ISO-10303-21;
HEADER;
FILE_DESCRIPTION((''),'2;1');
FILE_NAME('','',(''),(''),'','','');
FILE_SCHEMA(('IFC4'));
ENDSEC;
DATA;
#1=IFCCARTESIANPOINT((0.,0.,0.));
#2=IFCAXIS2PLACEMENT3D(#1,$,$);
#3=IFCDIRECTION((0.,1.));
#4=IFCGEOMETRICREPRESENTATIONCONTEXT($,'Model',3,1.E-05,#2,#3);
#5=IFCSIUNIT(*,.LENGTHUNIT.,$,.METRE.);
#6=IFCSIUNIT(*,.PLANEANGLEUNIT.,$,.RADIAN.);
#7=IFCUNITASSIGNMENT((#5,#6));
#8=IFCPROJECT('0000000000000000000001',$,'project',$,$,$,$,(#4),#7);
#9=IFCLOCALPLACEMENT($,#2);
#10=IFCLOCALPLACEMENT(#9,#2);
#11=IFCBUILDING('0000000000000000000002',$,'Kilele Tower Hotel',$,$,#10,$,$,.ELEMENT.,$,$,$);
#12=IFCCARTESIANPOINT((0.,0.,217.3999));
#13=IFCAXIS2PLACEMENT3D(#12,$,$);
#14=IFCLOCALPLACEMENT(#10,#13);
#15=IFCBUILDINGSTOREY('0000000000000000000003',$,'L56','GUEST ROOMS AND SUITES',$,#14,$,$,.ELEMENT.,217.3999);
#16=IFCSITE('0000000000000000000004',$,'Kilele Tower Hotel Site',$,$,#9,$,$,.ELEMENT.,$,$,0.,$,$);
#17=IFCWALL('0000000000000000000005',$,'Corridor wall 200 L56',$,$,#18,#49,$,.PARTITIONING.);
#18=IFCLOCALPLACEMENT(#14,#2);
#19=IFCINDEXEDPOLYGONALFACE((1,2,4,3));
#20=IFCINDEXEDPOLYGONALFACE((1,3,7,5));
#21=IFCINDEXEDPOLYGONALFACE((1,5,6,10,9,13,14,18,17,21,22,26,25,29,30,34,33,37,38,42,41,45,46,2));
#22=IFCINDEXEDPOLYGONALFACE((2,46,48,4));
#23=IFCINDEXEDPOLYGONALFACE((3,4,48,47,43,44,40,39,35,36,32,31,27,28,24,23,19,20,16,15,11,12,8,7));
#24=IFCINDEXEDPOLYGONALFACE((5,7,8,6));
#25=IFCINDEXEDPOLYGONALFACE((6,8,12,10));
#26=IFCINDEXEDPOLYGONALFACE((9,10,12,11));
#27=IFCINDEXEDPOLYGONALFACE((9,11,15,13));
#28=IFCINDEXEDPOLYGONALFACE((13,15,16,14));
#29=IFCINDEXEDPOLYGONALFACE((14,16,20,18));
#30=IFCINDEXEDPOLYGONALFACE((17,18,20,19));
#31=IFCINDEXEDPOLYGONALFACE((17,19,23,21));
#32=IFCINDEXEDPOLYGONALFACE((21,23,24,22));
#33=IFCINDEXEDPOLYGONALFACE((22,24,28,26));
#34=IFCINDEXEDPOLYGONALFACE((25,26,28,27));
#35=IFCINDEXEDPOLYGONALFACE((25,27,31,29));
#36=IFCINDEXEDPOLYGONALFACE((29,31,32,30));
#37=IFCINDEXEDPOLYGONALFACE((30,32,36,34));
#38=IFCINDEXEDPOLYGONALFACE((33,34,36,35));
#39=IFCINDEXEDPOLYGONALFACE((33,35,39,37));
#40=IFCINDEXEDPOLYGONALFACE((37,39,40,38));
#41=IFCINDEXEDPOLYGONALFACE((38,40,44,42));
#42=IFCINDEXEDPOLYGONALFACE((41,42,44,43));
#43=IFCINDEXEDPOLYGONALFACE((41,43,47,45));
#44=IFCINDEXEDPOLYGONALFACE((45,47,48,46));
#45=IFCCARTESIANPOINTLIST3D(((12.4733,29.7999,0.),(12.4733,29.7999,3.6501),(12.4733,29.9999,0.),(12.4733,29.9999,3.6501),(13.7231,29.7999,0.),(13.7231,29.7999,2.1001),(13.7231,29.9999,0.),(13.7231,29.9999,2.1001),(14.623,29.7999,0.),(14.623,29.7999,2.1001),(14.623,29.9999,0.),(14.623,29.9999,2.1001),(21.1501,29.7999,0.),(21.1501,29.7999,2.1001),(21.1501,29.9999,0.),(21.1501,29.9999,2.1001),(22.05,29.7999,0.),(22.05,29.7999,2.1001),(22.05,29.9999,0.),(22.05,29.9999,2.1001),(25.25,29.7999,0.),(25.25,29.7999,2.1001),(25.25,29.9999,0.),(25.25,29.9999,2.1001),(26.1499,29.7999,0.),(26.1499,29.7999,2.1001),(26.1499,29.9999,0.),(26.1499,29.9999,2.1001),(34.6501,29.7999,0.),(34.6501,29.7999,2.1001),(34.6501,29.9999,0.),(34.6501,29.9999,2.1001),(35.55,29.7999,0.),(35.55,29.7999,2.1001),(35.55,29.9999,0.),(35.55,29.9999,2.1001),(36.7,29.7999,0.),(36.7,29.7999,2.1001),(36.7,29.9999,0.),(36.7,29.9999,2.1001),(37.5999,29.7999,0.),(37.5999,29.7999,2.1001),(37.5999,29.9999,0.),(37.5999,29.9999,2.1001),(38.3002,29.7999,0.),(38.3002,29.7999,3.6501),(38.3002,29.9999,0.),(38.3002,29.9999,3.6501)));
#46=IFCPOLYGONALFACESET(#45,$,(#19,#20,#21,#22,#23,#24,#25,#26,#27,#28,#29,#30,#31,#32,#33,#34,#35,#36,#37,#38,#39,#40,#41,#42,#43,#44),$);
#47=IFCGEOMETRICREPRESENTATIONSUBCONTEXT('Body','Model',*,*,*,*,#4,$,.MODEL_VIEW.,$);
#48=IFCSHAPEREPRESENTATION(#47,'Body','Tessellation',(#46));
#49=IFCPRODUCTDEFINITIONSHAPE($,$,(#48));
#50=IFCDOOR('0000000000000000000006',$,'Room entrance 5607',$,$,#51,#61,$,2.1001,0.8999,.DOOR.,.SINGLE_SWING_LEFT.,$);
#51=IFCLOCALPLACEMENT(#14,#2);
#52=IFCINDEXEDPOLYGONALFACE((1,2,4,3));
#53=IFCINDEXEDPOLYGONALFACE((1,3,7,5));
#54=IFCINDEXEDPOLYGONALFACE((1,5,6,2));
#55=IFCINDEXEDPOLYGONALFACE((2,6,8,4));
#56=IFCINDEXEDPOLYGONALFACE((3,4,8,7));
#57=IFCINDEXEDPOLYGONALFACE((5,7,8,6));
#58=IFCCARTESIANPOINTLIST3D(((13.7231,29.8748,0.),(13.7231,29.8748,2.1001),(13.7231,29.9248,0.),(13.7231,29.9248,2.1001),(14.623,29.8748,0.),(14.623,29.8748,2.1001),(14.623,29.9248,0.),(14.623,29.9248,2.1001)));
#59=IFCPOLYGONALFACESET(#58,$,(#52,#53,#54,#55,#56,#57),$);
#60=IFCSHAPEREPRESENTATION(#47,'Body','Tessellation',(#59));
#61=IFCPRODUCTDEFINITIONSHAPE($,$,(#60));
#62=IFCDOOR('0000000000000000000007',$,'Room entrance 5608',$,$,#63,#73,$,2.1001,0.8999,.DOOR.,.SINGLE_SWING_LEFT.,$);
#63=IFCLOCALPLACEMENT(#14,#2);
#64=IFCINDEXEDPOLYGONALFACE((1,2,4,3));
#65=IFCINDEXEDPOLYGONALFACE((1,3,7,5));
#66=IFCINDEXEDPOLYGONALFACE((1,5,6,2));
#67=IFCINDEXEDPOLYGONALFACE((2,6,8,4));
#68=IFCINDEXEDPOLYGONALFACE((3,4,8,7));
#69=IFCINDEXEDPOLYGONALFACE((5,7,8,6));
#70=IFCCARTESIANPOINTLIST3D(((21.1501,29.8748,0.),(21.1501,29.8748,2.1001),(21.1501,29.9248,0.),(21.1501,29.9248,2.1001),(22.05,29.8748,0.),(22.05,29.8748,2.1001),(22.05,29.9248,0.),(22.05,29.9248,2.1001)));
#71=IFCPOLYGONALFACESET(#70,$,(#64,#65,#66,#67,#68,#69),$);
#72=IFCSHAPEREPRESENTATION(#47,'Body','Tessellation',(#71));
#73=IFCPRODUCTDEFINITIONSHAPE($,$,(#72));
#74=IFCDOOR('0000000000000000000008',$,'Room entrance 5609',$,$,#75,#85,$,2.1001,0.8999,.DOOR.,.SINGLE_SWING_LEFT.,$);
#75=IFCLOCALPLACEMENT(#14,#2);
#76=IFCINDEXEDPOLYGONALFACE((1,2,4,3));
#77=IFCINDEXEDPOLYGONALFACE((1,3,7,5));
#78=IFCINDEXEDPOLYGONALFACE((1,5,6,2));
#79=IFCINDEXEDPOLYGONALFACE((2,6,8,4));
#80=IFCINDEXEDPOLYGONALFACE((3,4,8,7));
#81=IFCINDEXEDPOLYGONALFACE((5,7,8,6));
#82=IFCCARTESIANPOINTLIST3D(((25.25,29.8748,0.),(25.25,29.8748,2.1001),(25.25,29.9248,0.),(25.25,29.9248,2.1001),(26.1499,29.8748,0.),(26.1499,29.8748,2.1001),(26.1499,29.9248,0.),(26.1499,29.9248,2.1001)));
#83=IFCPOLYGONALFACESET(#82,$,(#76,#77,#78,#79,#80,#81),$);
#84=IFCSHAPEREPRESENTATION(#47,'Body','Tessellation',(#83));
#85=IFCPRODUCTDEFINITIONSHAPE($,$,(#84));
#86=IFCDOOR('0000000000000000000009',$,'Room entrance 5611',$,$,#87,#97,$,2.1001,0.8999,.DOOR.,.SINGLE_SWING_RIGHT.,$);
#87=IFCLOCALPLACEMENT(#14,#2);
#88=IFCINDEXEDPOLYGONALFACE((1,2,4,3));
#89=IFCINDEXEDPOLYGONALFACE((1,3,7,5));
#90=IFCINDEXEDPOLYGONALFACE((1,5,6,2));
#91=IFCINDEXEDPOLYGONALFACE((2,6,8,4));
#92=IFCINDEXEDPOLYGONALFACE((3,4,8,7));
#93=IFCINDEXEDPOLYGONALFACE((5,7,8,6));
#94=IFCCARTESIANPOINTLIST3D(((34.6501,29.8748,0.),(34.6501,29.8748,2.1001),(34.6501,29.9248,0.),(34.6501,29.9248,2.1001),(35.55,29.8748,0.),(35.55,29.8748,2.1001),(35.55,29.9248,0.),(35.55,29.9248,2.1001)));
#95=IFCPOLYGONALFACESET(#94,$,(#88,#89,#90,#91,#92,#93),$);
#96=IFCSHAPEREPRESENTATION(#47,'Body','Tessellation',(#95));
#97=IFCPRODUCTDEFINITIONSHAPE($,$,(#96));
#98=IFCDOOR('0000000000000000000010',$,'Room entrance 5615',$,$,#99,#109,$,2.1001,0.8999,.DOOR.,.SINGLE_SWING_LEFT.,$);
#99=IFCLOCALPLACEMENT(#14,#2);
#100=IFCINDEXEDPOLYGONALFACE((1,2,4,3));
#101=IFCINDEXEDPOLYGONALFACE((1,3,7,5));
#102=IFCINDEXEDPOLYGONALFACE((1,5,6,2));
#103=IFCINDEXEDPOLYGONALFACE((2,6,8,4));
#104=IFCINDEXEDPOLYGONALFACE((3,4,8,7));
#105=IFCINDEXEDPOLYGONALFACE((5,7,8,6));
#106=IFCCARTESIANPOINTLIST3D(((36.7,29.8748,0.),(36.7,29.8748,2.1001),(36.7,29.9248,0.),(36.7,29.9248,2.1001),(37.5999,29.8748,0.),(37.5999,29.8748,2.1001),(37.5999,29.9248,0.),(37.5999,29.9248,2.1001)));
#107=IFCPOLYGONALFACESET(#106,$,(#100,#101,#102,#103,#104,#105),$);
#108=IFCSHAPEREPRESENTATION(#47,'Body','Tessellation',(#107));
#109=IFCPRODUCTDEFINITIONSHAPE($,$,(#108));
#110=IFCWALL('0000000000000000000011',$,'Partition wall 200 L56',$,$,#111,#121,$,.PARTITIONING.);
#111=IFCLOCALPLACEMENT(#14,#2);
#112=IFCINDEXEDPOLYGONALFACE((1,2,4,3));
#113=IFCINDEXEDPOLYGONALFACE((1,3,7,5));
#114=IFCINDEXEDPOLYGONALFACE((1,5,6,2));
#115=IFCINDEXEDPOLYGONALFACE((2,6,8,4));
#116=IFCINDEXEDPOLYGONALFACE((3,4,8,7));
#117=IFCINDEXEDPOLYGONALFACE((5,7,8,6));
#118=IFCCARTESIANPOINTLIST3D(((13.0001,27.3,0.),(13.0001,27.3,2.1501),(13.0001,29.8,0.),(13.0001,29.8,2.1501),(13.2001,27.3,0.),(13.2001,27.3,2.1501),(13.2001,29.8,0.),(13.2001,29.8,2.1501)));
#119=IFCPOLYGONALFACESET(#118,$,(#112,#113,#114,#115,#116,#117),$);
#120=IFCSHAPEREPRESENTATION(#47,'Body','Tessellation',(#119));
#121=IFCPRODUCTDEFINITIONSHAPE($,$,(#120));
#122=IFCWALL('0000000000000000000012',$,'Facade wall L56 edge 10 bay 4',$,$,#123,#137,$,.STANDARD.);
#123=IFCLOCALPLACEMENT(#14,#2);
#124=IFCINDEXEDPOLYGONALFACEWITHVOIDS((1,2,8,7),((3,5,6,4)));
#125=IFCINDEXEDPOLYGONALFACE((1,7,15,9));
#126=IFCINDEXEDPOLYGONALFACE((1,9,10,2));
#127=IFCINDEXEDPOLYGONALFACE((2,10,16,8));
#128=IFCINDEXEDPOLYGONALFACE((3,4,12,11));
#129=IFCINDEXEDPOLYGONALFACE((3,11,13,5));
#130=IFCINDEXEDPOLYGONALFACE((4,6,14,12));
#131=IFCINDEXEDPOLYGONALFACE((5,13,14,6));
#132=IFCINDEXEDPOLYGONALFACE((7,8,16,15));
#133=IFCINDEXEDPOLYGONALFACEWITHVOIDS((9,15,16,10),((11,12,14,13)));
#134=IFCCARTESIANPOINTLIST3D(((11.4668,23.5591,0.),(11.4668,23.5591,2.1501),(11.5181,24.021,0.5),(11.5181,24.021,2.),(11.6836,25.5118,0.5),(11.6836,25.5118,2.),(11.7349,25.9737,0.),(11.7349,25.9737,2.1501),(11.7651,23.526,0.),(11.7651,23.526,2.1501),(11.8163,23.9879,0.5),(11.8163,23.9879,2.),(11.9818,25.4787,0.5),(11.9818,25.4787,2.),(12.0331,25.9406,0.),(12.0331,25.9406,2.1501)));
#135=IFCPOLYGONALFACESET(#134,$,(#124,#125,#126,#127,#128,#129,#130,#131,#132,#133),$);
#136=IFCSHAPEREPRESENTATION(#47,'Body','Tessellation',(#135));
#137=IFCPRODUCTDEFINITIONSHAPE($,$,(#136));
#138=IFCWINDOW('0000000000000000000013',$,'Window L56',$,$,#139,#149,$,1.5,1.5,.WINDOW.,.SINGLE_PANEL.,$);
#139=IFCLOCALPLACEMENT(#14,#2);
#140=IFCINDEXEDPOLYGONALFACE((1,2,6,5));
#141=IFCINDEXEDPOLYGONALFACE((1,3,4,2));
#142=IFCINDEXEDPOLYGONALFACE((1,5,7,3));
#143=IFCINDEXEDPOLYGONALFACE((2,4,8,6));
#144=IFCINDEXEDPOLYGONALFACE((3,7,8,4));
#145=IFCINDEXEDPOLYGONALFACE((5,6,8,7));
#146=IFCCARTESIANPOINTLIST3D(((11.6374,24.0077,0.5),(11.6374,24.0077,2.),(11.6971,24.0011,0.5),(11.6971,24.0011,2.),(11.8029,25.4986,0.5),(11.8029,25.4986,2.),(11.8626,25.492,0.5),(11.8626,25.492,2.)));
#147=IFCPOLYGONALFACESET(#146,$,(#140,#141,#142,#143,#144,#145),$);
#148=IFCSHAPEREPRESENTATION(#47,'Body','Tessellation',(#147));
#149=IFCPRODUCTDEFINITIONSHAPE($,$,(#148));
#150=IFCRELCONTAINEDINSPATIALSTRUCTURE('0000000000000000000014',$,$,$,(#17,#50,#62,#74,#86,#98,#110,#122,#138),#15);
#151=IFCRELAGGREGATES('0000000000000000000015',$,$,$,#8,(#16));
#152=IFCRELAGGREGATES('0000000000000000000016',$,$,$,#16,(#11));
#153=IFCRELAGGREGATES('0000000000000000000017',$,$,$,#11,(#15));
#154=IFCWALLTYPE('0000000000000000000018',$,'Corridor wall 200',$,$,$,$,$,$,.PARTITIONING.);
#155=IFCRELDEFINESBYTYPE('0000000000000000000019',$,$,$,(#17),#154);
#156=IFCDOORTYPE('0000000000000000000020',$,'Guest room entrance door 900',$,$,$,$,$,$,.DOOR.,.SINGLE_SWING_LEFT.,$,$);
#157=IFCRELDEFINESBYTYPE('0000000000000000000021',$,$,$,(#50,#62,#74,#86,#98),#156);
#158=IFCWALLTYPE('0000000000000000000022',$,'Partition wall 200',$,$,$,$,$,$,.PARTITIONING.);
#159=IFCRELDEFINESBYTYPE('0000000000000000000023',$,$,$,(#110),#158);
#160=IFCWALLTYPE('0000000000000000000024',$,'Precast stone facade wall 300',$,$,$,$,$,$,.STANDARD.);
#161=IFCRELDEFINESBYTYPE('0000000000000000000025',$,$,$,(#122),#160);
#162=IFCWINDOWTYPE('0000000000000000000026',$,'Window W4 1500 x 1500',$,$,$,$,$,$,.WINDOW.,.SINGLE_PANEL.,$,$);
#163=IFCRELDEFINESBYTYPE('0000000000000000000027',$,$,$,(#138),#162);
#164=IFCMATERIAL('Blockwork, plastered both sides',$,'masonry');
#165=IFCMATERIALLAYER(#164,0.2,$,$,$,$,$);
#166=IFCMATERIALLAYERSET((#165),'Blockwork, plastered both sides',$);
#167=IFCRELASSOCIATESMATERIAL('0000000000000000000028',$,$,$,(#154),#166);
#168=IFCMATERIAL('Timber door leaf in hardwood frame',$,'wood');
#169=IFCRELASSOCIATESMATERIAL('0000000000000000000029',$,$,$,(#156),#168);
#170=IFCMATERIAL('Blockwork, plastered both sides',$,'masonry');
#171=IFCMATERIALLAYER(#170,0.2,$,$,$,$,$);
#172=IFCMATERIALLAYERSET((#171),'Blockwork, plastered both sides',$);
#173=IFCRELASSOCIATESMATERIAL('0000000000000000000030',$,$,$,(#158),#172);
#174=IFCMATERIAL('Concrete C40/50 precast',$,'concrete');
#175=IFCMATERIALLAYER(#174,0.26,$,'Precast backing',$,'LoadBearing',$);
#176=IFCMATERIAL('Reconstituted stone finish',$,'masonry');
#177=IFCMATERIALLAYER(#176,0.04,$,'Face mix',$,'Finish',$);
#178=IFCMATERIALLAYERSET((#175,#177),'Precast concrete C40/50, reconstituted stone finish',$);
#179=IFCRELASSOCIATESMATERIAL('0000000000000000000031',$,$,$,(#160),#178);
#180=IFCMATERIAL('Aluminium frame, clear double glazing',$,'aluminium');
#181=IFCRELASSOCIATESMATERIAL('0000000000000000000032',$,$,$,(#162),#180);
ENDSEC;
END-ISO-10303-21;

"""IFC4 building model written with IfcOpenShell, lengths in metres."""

from ifc_helpers import new_model, si_unit, direction, frame, frame_2d, origin, place, context, subcontext, project, spatial, rectangle, extrude, material, layer, layer_set, type_object, element, fill, save


model = new_model("IFC4")

# Units and contexts
model_context = context("Model", 3, precision=1e-05, world=origin(), true_north=direction((0.0, 1.0)))
body_context = subcontext(model_context, "Body", "Model", "MODEL_VIEW")
ifc_project = project(units=[si_unit("LENGTHUNIT", "METRE"), si_unit("PLANEANGLEUNIT", "RADIAN")], contexts=[model_context])

# Site, building, storey
site_placement = place(None, origin())
site = spatial("IfcSite", under=ifc_project, at=site_placement, Name="Kilele Tower Hotel Site", CompositionType="ELEMENT", RefElevation=0.0)
building_placement = place(site_placement, origin())
building = spatial("IfcBuilding", under=site, at=building_placement, Name="Kilele Tower Hotel", CompositionType="ELEMENT")
storey_placement = place(building_placement, frame((0.0, 0.0, 217.3999)))
storey = spatial("IfcBuildingStorey", under=building, at=storey_placement, Name="L56", Description="GUEST ROOMS AND SUITES", CompositionType="ELEMENT", Elevation=217.3999)

# Wall, openings, doors
ifc_material_1 = material(Name="Blockwork, plastered both sides", Category="masonry")
ifc_layer_1 = layer(ifc_material_1, 0.2)
ifc_layer_set_1 = layer_set([ifc_layer_1], Name="Blockwork, plastered both sides")
wall_type_1 = type_object("IfcWallType", Name="Corridor wall 200", PredefinedType="PARTITIONING", material=ifc_layer_set_1)
wall_1_placement = place(storey_placement, frame((12.4731, 29.8999, 0.0), z_axis=(0.0, 0.0, 1.0), x_axis=(1.0, 0.0, 0.0)))
wall_1 = element("IfcWall", 1, at=wall_1_placement, inside=storey, type_object=wall_type_1, Name="Corridor wall 200 L56", PredefinedType="PARTITIONING", context=body_context, shape_type="SweptSolid", body=[
    extrude(rectangle(XDim=25.8269, YDim=0.2, at=frame_2d((12.9136, 0.0))), origin(), (0.0, 0.0, 1.0), 3.6501),
])
opening_1_placement = place(wall_1_placement, frame((1.25, 0.0, 0.0)))
opening_1 = element("IfcOpeningElement", 2, at=opening_1_placement, cuts=wall_1, PredefinedType="OPENING", context=body_context, shape_type="SweptSolid", body=[
    extrude(rectangle(XDim=0.8999, YDim=2.1001, at=frame_2d((0.45, 1.05))), frame((0.0, 0.1099, 0.0), z_axis=(0.0, -1.0, 0.0), x_axis=(1.0, 0.0, 0.0)), (0.0, 0.0, 1.0), 0.22),
])
opening_2_placement = place(wall_1_placement, frame((8.677, 0.0, 0.0)))
opening_2 = element("IfcOpeningElement", 3, at=opening_2_placement, cuts=wall_1, PredefinedType="OPENING", context=body_context, shape_type="SweptSolid", body=[
    extrude(rectangle(XDim=0.8999, YDim=2.1001, at=frame_2d((0.45, 1.05))), frame((0.0, 0.1099, 0.0), z_axis=(0.0, -1.0, 0.0), x_axis=(1.0, 0.0, 0.0)), (0.0, 0.0, 1.0), 0.22),
])
opening_3_placement = place(wall_1_placement, frame((12.7769, 0.0, 0.0)))
opening_3 = element("IfcOpeningElement", 4, at=opening_3_placement, cuts=wall_1, PredefinedType="OPENING", context=body_context, shape_type="SweptSolid", body=[
    extrude(rectangle(XDim=0.8999, YDim=2.1001, at=frame_2d((0.45, 1.05))), frame((0.0, 0.1099, 0.0), z_axis=(0.0, -1.0, 0.0), x_axis=(1.0, 0.0, 0.0)), (0.0, 0.0, 1.0), 0.22),
])
opening_4_placement = place(wall_1_placement, frame((22.177, 0.0, 0.0)))
opening_4 = element("IfcOpeningElement", 5, at=opening_4_placement, cuts=wall_1, PredefinedType="OPENING", context=body_context, shape_type="SweptSolid", body=[
    extrude(rectangle(XDim=0.8999, YDim=2.1001, at=frame_2d((0.45, 1.05))), frame((0.0, 0.1099, 0.0), z_axis=(0.0, -1.0, 0.0), x_axis=(1.0, 0.0, 0.0)), (0.0, 0.0, 1.0), 0.22),
])
opening_5_placement = place(wall_1_placement, frame((24.2268, 0.0, 0.0)))
opening_5 = element("IfcOpeningElement", 6, at=opening_5_placement, cuts=wall_1, PredefinedType="OPENING", context=body_context, shape_type="SweptSolid", body=[
    extrude(rectangle(XDim=0.8999, YDim=2.1001, at=frame_2d((0.45, 1.05))), frame((0.0, 0.1099, 0.0), z_axis=(0.0, -1.0, 0.0), x_axis=(1.0, 0.0, 0.0)), (0.0, 0.0, 1.0), 0.22),
])
ifc_material_2 = material(Name="Timber door leaf in hardwood frame", Category="wood")
door_type = type_object("IfcDoorType", Name="Guest room entrance door 900", OperationType="SINGLE_SWING_LEFT", PredefinedType="DOOR", material=ifc_material_2)
door_1_placement = place(opening_1_placement, origin())
door_1 = element("IfcDoor", 7, at=door_1_placement, inside=storey, type_object=door_type, Name="Room entrance 5607", OperationType="SINGLE_SWING_LEFT", OverallHeight=2.1001, OverallWidth=0.8999, PredefinedType="DOOR", context=body_context, shape_type="SweptSolid", body=[
    extrude(rectangle(XDim=0.8999, YDim=2.1001, at=frame_2d((0.45, 1.05))), frame((0.0, 0.0249, 0.0), z_axis=(0.0, -1.0, 0.0), x_axis=(1.0, 0.0, 0.0)), (0.0, 0.0, 1.0), 0.05),
])
fill(opening_1, door_1)
door_2_placement = place(opening_2_placement, origin())
door_2 = element("IfcDoor", 8, at=door_2_placement, inside=storey, type_object=door_type, Name="Room entrance 5608", OperationType="SINGLE_SWING_LEFT", OverallHeight=2.1001, OverallWidth=0.8999, PredefinedType="DOOR", context=body_context, shape_type="SweptSolid", body=[
    extrude(rectangle(XDim=0.8999, YDim=2.1001, at=frame_2d((0.45, 1.05))), frame((0.0, 0.0249, 0.0), z_axis=(0.0, -1.0, 0.0), x_axis=(1.0, 0.0, 0.0)), (0.0, 0.0, 1.0), 0.05),
])
fill(opening_2, door_2)
door_3_placement = place(opening_3_placement, origin())
door_3 = element("IfcDoor", 9, at=door_3_placement, inside=storey, type_object=door_type, Name="Room entrance 5609", OperationType="SINGLE_SWING_LEFT", OverallHeight=2.1001, OverallWidth=0.8999, PredefinedType="DOOR", context=body_context, shape_type="SweptSolid", body=[
    extrude(rectangle(XDim=0.8999, YDim=2.1001, at=frame_2d((0.45, 1.05))), frame((0.0, 0.0249, 0.0), z_axis=(0.0, -1.0, 0.0), x_axis=(1.0, 0.0, 0.0)), (0.0, 0.0, 1.0), 0.05),
])
fill(opening_3, door_3)
door_4_placement = place(opening_4_placement, origin())
door_4 = element("IfcDoor", 10, at=door_4_placement, inside=storey, type_object=door_type, Name="Room entrance 5611", OperationType="SINGLE_SWING_RIGHT", OverallHeight=2.1001, OverallWidth=0.8999, PredefinedType="DOOR", context=body_context, shape_type="SweptSolid", body=[
    extrude(rectangle(XDim=0.8999, YDim=2.1001, at=frame_2d((0.45, 1.05))), frame((0.0, 0.0249, 0.0), z_axis=(0.0, -1.0, 0.0), x_axis=(1.0, 0.0, 0.0)), (0.0, 0.0, 1.0), 0.05),
])
fill(opening_4, door_4)
door_5_placement = place(opening_5_placement, origin())
door_5 = element("IfcDoor", 11, at=door_5_placement, inside=storey, type_object=door_type, Name="Room entrance 5615", OperationType="SINGLE_SWING_LEFT", OverallHeight=2.1001, OverallWidth=0.8999, PredefinedType="DOOR", context=body_context, shape_type="SweptSolid", body=[
    extrude(rectangle(XDim=0.8999, YDim=2.1001, at=frame_2d((0.45, 1.05))), frame((0.0, 0.0249, 0.0), z_axis=(0.0, -1.0, 0.0), x_axis=(1.0, 0.0, 0.0)), (0.0, 0.0, 1.0), 0.05),
])
fill(opening_5, door_5)

# Wall
ifc_material_3 = material(Name="Blockwork, plastered both sides", Category="masonry")
ifc_layer_2 = layer(ifc_material_3, 0.2)
ifc_layer_set_2 = layer_set([ifc_layer_2], Name="Blockwork, plastered both sides")
wall_type_2 = type_object("IfcWallType", Name="Partition wall 200", PredefinedType="PARTITIONING", material=ifc_layer_set_2)
wall_2_placement = place(storey_placement, frame((13.1001, 27.3, 0.0), z_axis=(0.0, 0.0, 1.0), x_axis=(0.0, 1.0, 0.0)))
element("IfcWall", 12, at=wall_2_placement, inside=storey, type_object=wall_type_2, Name="Partition wall 200 L56", PredefinedType="PARTITIONING", context=body_context, shape_type="SweptSolid", body=[
    extrude(rectangle(XDim=2.5, YDim=0.2, at=frame_2d((1.25, 0.0))), origin(), (0.0, 0.0, 1.0), 2.1501),
])

# Wall, opening, window
ifc_material_4 = material(Name="Concrete C40/50 precast", Category="concrete")
ifc_layer_3 = layer(ifc_material_4, 0.26, Name="Precast backing", Category="LoadBearing")
ifc_material_5 = material(Name="Reconstituted stone finish", Category="masonry")
ifc_layer_4 = layer(ifc_material_5, 0.04, Name="Face mix", Category="Finish")
ifc_layer_set_3 = layer_set([ifc_layer_3, ifc_layer_4], Name="Precast concrete C40/50, reconstituted stone finish")
wall_type_3 = type_object("IfcWallType", Name="Precast stone facade wall 300", PredefinedType="STANDARD", material=ifc_layer_set_3)
wall_3_placement = place(storey_placement, frame((11.884, 25.9573, 0.0), z_axis=(0.0, 0.0, 1.0), x_axis=(-0.110343, -0.993894, 0.0)))
wall_3 = element("IfcWall", 13, at=wall_3_placement, inside=storey, type_object=wall_type_3, Name="Facade wall L56 edge 10 bay 4", PredefinedType="STANDARD", context=body_context, shape_type="SweptSolid", body=[
    extrude(rectangle(XDim=2.4294, YDim=0.3, at=frame_2d((1.2148, 0.0))), origin(), (0.0, 0.0, 1.0), 2.1501),
])
opening_6_placement = place(wall_3_placement, frame((0.4648, 0.0, 0.5)))
opening_6 = element("IfcOpeningElement", 14, at=opening_6_placement, cuts=wall_3, PredefinedType="OPENING", context=body_context, shape_type="SweptSolid", body=[
    extrude(rectangle(XDim=1.5, YDim=1.5, at=frame_2d((0.75, 0.75))), frame((0.0, 0.1599, 0.0), z_axis=(0.0, -1.0, 0.0), x_axis=(1.0, 0.0, 0.0)), (0.0, 0.0, 1.0), 0.3201),
])
ifc_material_6 = material(Name="Aluminium frame, clear double glazing", Category="aluminium")
window_type = type_object("IfcWindowType", Name="Window W4 1500 x 1500", PartitioningType="SINGLE_PANEL", PredefinedType="WINDOW", material=ifc_material_6)
window_1_placement = place(opening_6_placement, origin())
window_1 = element("IfcWindow", 15, at=window_1_placement, inside=storey, type_object=window_type, Name="Window L56", OverallHeight=1.5, OverallWidth=1.5, PartitioningType="SINGLE_PANEL", PredefinedType="WINDOW", context=body_context, shape_type="SweptSolid", body=[
    extrude(rectangle(XDim=1.5, YDim=1.5, at=frame_2d((0.75, 0.75))), frame((0.0, 0.03, 0.0), z_axis=(0.0, -1.0, 0.0), x_axis=(1.0, 0.0, 0.0)), (0.0, 0.0, 1.0), 0.0601),
])
fill(opening_6, window_1)

save(model, "model.ifc")
